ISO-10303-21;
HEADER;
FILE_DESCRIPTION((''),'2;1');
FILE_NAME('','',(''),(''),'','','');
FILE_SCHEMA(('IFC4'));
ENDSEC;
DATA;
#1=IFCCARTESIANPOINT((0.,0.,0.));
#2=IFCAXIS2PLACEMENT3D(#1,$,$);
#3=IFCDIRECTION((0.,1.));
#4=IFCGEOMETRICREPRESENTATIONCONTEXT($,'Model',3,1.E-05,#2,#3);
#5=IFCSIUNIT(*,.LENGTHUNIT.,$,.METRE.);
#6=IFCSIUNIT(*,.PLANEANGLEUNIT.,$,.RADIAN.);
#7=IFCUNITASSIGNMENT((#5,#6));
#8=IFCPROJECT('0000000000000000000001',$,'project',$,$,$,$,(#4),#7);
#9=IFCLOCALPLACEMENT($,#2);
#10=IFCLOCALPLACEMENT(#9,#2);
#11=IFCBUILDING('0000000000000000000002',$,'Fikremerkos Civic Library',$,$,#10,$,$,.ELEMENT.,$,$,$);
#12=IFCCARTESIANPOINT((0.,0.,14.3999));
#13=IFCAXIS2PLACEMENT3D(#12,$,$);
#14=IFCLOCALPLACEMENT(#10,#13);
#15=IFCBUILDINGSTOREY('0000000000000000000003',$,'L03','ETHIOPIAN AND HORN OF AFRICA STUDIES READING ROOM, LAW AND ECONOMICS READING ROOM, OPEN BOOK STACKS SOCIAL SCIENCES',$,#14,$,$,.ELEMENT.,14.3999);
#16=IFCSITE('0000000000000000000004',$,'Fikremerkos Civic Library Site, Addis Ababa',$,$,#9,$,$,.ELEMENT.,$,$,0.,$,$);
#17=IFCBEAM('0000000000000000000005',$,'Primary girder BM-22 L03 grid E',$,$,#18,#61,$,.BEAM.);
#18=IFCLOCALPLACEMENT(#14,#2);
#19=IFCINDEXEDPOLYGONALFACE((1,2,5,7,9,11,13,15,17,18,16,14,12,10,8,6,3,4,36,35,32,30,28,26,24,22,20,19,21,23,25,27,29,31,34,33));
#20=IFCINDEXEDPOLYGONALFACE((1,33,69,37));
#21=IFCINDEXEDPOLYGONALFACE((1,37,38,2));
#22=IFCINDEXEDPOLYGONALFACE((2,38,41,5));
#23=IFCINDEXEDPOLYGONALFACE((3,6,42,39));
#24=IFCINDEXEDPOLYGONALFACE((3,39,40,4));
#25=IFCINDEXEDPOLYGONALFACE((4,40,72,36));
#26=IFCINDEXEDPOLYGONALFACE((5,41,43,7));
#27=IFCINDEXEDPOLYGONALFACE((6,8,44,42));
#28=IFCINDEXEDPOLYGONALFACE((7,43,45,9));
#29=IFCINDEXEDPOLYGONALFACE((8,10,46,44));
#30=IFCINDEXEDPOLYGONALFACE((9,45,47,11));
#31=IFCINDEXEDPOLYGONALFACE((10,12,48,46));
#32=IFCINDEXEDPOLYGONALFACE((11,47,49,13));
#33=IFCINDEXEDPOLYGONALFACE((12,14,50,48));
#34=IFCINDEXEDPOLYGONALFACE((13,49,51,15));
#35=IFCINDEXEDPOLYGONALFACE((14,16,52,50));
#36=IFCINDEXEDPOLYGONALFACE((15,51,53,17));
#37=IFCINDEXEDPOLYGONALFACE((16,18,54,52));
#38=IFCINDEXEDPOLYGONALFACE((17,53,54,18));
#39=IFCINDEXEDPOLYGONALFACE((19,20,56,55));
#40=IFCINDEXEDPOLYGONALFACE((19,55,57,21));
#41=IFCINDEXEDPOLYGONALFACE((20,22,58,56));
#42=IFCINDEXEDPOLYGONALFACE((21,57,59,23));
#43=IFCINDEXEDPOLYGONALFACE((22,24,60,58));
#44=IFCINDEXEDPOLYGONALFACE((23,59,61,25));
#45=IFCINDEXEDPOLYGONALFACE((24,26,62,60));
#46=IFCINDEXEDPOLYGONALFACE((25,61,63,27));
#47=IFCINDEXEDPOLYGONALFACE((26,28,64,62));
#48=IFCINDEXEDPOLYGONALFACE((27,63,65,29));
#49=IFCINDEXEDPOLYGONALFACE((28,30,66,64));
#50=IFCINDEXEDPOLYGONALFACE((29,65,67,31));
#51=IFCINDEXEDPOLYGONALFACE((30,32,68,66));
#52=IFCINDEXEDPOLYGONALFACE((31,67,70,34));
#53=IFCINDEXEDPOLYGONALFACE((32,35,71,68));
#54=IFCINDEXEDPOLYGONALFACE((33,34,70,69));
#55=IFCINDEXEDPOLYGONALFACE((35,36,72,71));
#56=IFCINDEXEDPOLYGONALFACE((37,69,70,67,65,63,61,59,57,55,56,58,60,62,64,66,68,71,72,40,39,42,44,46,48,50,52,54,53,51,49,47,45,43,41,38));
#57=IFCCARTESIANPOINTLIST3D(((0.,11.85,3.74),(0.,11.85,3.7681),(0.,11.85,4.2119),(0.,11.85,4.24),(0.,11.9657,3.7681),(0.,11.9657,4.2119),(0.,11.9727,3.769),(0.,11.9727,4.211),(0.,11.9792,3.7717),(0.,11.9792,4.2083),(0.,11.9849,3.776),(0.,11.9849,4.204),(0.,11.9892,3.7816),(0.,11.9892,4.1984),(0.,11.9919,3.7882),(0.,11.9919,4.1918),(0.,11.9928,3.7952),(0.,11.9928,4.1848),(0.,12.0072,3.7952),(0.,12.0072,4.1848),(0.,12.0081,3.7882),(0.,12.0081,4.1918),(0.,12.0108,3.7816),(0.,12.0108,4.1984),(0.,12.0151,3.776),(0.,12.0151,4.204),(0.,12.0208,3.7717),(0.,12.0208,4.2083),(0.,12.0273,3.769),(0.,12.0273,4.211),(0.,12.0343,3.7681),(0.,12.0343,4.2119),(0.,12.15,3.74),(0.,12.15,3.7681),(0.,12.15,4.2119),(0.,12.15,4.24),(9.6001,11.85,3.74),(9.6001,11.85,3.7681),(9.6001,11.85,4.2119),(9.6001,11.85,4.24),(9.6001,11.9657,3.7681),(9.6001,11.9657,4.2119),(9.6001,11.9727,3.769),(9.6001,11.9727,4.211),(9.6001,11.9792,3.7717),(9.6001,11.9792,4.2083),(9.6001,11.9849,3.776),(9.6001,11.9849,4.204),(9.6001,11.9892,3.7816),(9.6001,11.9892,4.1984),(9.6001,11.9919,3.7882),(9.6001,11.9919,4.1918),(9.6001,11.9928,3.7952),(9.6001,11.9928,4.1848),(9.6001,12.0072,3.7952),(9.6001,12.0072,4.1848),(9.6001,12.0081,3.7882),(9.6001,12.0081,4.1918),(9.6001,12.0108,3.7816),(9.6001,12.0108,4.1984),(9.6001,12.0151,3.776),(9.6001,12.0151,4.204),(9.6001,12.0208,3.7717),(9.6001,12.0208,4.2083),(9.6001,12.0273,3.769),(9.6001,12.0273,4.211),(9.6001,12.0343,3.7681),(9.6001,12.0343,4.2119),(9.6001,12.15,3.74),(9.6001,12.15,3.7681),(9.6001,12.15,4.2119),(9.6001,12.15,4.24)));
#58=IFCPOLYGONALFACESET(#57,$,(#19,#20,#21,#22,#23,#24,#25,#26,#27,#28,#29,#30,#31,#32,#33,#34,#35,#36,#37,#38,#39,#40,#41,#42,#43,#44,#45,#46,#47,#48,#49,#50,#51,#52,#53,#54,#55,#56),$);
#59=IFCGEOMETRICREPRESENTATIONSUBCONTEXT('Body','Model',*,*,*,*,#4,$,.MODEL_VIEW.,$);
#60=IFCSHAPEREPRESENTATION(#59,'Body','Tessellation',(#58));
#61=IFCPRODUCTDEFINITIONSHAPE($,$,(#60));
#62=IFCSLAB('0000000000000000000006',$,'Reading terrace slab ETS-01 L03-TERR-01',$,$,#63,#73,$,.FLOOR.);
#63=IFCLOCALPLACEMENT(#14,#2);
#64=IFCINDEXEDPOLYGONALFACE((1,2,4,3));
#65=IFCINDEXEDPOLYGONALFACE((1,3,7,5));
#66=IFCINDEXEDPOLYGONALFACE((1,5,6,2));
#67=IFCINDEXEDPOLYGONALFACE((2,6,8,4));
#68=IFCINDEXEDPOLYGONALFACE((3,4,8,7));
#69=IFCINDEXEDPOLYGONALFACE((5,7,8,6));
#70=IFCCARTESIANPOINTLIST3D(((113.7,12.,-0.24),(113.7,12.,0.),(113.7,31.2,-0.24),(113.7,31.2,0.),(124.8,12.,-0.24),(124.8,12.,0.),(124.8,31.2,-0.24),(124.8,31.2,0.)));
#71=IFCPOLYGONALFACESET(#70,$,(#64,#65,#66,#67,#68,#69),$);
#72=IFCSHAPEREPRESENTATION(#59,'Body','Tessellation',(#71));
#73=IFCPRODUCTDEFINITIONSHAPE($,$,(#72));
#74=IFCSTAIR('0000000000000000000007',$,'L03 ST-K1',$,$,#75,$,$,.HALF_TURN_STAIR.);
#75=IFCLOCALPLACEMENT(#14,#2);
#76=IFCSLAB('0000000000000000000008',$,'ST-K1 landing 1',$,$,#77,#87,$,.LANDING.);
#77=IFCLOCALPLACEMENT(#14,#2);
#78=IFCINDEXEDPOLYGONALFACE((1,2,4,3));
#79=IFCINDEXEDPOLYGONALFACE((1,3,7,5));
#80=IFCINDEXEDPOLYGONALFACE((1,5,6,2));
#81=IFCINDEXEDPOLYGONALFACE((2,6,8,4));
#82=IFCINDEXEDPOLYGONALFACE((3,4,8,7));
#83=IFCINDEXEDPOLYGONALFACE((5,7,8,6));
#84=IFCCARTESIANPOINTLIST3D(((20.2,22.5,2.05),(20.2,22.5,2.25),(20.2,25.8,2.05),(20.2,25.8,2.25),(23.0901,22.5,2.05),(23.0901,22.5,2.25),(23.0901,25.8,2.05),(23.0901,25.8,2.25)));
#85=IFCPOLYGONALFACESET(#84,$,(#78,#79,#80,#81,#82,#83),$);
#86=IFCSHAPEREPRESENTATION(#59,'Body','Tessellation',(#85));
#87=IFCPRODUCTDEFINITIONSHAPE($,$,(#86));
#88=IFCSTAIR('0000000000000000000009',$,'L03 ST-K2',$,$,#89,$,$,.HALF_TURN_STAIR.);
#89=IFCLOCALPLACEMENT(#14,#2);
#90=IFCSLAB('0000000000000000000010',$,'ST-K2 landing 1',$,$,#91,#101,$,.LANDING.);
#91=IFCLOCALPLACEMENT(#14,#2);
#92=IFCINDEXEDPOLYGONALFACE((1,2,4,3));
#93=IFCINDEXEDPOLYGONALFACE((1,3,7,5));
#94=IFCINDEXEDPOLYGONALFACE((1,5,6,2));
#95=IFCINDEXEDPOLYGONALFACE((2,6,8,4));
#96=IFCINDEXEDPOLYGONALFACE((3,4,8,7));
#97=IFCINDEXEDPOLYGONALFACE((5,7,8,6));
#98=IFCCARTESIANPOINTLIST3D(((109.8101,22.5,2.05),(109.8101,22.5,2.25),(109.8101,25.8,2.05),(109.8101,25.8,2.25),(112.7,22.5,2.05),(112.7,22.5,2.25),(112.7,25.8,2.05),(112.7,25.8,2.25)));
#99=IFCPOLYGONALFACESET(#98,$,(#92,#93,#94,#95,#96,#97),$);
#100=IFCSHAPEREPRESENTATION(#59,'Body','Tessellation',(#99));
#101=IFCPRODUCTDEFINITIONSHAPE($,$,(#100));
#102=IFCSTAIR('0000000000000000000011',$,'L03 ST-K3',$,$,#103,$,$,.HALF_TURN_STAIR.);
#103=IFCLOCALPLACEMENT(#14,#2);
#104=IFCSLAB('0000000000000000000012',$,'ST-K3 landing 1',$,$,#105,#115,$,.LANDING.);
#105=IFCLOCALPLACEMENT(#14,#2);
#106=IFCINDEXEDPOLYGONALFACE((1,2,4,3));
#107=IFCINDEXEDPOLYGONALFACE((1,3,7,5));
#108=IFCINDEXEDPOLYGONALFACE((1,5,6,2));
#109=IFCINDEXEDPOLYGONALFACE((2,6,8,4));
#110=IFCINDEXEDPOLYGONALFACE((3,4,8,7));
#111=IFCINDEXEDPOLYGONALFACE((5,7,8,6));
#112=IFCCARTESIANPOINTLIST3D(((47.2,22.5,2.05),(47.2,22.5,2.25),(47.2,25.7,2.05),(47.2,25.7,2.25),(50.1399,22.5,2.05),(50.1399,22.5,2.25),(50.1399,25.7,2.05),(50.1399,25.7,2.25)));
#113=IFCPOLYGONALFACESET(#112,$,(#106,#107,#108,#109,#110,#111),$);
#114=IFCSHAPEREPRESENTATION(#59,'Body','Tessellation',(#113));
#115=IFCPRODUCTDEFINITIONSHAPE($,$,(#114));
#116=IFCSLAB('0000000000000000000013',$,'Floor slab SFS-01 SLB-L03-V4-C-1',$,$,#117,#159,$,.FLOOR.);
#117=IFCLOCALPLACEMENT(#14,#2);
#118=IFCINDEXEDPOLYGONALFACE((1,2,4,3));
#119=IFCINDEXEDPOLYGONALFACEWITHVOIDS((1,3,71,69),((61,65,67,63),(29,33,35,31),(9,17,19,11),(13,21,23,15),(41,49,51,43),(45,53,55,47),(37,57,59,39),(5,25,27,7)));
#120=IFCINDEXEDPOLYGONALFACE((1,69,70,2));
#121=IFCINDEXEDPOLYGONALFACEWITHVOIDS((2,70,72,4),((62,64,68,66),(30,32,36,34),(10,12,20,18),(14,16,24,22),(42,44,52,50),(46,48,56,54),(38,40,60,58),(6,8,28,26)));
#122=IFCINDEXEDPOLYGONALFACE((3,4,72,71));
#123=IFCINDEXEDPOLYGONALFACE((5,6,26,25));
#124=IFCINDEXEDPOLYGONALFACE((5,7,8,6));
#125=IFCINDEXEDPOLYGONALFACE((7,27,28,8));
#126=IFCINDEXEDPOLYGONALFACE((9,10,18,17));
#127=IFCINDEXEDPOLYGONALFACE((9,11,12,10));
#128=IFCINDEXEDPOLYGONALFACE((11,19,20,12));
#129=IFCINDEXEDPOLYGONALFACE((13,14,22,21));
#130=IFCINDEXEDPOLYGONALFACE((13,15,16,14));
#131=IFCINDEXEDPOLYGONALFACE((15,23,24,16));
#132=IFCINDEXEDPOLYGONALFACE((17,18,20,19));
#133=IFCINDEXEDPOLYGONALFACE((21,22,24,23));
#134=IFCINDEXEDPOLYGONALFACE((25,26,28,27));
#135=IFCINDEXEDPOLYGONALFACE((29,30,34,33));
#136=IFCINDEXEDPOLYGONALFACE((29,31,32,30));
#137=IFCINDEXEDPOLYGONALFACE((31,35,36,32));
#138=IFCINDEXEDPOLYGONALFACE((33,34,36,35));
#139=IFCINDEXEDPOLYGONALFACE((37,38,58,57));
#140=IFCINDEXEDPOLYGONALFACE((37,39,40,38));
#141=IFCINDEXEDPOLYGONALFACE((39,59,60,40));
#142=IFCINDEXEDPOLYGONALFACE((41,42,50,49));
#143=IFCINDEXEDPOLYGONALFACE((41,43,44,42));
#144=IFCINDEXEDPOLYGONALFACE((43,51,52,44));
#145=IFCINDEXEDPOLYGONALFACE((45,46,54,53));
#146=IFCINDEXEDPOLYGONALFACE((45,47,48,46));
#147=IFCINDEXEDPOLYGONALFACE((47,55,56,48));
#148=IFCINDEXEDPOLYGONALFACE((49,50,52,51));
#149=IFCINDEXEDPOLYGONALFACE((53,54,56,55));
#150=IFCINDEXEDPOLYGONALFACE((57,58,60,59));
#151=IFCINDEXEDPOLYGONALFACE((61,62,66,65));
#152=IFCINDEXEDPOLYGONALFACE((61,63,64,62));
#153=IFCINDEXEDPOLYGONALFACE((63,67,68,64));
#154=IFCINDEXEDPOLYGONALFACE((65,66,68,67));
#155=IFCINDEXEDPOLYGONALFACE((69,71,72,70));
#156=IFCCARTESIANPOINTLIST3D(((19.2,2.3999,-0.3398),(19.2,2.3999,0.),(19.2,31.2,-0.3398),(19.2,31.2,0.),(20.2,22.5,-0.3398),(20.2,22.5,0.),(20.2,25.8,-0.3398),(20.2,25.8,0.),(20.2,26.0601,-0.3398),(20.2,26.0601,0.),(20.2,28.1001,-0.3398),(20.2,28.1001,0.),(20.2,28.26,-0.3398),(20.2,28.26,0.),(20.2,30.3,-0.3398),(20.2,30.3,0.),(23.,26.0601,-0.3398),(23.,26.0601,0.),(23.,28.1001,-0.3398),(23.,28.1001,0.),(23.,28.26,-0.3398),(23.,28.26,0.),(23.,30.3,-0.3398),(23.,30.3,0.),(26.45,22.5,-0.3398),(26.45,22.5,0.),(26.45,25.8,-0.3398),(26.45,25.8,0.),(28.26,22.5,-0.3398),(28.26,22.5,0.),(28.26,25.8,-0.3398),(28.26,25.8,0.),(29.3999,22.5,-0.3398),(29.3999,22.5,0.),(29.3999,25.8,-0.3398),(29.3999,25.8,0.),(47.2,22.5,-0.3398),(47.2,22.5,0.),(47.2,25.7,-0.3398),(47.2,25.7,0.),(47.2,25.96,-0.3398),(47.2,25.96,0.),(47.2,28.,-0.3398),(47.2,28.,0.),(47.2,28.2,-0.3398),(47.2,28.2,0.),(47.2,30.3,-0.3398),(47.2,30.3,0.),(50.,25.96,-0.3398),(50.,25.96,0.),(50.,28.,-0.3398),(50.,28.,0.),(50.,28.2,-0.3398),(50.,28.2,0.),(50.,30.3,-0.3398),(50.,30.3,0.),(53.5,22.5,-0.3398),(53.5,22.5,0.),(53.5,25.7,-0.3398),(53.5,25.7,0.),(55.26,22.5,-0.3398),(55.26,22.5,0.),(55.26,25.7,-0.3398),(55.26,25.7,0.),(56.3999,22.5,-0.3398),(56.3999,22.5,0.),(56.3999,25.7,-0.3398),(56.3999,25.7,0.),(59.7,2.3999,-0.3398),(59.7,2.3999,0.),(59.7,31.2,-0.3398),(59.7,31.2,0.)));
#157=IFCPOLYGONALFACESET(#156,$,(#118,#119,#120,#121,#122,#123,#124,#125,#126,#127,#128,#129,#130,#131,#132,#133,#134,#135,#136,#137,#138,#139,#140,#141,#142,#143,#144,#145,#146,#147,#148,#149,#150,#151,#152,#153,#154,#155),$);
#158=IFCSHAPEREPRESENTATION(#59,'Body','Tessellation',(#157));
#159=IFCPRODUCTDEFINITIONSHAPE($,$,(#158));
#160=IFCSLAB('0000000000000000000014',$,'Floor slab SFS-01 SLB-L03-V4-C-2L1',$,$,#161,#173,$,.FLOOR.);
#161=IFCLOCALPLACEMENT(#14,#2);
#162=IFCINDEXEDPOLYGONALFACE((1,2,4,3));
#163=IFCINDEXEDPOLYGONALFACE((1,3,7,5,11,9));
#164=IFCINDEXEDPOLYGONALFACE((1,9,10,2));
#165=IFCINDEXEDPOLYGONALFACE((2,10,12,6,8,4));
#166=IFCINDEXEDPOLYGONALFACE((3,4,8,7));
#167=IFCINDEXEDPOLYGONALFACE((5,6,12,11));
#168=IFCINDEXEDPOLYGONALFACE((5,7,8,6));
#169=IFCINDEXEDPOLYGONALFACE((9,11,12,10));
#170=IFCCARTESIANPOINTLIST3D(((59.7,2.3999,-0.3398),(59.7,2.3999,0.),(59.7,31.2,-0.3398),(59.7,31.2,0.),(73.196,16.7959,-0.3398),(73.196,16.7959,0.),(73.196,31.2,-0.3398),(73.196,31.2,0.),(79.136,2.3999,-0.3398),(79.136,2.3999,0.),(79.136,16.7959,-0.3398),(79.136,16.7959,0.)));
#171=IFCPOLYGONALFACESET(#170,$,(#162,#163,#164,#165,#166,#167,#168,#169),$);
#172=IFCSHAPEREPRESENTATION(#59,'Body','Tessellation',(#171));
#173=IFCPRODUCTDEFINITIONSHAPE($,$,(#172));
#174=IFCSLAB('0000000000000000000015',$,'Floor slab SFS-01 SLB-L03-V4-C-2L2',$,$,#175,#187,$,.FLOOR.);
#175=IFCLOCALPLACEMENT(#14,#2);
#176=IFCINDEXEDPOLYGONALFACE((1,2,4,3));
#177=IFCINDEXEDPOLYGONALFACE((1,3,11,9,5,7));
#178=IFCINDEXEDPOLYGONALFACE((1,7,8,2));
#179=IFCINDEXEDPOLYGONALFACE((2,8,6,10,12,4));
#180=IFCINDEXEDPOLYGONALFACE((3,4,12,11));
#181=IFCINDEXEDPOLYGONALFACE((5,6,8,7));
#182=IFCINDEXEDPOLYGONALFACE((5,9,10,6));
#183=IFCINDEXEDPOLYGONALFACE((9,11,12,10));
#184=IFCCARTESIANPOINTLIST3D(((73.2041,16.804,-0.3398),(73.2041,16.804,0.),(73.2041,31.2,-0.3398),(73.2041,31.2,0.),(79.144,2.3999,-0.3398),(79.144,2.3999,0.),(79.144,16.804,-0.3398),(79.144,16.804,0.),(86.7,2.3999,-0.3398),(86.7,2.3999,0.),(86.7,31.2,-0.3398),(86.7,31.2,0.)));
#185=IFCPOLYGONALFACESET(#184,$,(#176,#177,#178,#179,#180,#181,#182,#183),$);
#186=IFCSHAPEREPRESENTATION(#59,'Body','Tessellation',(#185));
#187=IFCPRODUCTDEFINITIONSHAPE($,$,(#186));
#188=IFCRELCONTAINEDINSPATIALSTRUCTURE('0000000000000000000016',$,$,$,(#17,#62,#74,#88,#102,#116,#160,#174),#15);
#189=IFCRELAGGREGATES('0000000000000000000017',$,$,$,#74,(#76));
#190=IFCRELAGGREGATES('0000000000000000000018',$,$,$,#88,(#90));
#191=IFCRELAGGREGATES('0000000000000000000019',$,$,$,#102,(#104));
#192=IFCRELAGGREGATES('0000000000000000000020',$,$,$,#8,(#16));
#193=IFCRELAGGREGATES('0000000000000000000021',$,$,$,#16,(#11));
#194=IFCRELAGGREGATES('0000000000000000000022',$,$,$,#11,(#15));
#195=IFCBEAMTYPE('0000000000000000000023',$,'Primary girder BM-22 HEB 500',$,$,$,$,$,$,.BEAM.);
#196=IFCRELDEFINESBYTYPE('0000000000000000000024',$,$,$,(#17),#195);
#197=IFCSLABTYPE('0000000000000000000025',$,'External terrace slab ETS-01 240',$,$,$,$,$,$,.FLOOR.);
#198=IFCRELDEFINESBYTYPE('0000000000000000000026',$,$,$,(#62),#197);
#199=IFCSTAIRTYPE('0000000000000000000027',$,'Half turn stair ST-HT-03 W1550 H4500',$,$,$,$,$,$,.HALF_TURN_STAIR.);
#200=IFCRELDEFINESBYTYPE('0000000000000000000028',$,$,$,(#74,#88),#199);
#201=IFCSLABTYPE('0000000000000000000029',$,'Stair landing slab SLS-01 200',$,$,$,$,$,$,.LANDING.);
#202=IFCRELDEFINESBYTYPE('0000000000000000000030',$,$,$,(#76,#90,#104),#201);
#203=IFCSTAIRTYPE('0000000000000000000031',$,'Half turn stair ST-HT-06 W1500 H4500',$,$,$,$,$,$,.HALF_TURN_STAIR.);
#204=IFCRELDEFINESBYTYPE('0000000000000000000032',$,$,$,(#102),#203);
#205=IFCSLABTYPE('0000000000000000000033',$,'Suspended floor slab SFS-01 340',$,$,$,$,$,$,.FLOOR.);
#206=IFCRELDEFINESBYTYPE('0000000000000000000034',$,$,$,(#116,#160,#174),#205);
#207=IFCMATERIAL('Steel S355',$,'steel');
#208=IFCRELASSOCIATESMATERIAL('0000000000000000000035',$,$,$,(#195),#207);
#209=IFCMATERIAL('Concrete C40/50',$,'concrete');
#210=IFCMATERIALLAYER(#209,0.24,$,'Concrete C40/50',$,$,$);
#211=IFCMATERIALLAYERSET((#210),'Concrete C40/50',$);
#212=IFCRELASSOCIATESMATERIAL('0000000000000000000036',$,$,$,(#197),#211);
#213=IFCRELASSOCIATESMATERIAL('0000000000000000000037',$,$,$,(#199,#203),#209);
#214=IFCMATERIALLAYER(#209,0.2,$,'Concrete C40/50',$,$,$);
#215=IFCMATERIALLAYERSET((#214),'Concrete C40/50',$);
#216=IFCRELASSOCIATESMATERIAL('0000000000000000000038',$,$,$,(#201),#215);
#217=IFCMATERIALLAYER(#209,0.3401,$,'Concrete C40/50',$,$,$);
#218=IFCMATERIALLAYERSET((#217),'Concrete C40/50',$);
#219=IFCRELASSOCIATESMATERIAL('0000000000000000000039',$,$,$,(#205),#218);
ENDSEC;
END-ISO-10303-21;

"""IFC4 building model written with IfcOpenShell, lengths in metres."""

from ifc_helpers import new_model, si_unit, direction, frame, origin, origin_2d, place, context, subcontext, project, spatial, polyline, i_section, outline, extrude, material, layer, layer_set, material_profile, profile_set, type_object, element, aggregate, save


model = new_model("IFC4")

# Units and contexts
model_context = context("Model", 3, precision=1e-05, world=origin(), true_north=direction((0.0, 1.0)))
body_context = subcontext(model_context, "Body", "Model", "MODEL_VIEW")
ifc_project = project(units=[si_unit("LENGTHUNIT", "METRE"), si_unit("PLANEANGLEUNIT", "RADIAN")], contexts=[model_context])

# Site, building, storey
site_placement = place(None, origin())
site = spatial("IfcSite", under=ifc_project, at=site_placement, Name="Fikremerkos Civic Library Site, Addis Ababa", CompositionType="ELEMENT", RefElevation=0.0)
building_placement = place(site_placement, origin())
building = spatial("IfcBuilding", under=site, at=building_placement, Name="Fikremerkos Civic Library", CompositionType="ELEMENT")
storey_placement = place(building_placement, frame((0.0, 0.0, 14.3999)))
storey = spatial("IfcBuildingStorey", under=building, at=storey_placement, Name="L03", Description="ETHIOPIAN AND HORN OF AFRICA STUDIES READING ROOM, LAW AND ECONOMICS READING ROOM, OPEN BOOK STACKS SOCIAL SCIENCES", CompositionType="ELEMENT", Elevation=14.3999)

# Shared definitions
ifc_material_1 = material(Name="Steel S355", Category="steel")

# Beam
ifc_material_profile_1 = material_profile(ifc_material_1, i_section(OverallWidth=0.3, OverallDepth=0.5, WebThickness=0.0144, FlangeThickness=0.0281, FilletRadius=0.0271, at=origin_2d()), Name="HEB 500")
ifc_profile_set_1 = profile_set([ifc_material_profile_1], Name="Steel S355")
beam_type_1 = type_object("IfcBeamType", Name="Primary girder BM-22 HEB 500", PredefinedType="BEAM", material=ifc_profile_set_1)
beam_1_placement = place(storey_placement, frame((0.0, 12.0, 3.99), z_axis=(1.0, 0.0, 0.0), x_axis=(0.0, 1.0, 0.0)))
element("IfcBeam", 1, at=beam_1_placement, inside=storey, type_object=beam_type_1, Name="Primary girder BM-22 L03 grid E", PredefinedType="BEAM", context=body_context, shape_type="SweptSolid", body=[
    extrude(i_section(OverallWidth=0.3, OverallDepth=0.5, WebThickness=0.0144, FlangeThickness=0.0281, FilletRadius=0.0271, at=origin_2d()), origin(), (0.0, 0.0, 1.0), 9.6001),
])

# Slab
ifc_material_2 = material(Name="Concrete C40/50", Category="concrete")
ifc_layer_1 = layer(ifc_material_2, 0.24, Name="Concrete C40/50")
ifc_layer_set_1 = layer_set([ifc_layer_1], Name="Concrete C40/50")
slab_type_1 = type_object("IfcSlabType", Name="External terrace slab ETS-01 240", PredefinedType="FLOOR", material=ifc_layer_set_1)
slab_1_placement = place(storey_placement, frame((0.0, 0.0, -0.24)))
element("IfcSlab", 2, at=slab_1_placement, inside=storey, type_object=slab_type_1, Name="Reading terrace slab ETS-01 L03-TERR-01", PredefinedType="FLOOR", context=body_context, shape_type="SweptSolid", body=[
    extrude(outline(polyline([(113.7, 12.0), (124.8, 12.0), (124.8, 31.2), (113.7, 31.2), (113.7, 12.0)])), origin(), (0.0, 0.0, 1.0), 0.24),
])

# Stairs, slabs
stair_type_1 = type_object("IfcStairType", Name="Half turn stair ST-HT-03 W1550 H4500", PredefinedType="HALF_TURN_STAIR", material=ifc_material_2)
stair_1_placement = place(storey_placement, origin())
stair_1 = element("IfcStair", 3, at=stair_1_placement, inside=storey, type_object=stair_type_1, Name="L03 ST-K1", PredefinedType="HALF_TURN_STAIR")
ifc_layer_2 = layer(ifc_material_2, 0.2, Name="Concrete C40/50")
ifc_layer_set_2 = layer_set([ifc_layer_2], Name="Concrete C40/50")
slab_type_2 = type_object("IfcSlabType", Name="Stair landing slab SLS-01 200", PredefinedType="LANDING", material=ifc_layer_set_2)
slab_2_placement = place(storey_placement, frame((0.0, 0.0, 2.05)))
slab_2 = element("IfcSlab", 4, at=slab_2_placement, type_object=slab_type_2, Name="ST-K1 landing 1", PredefinedType="LANDING", context=body_context, shape_type="SweptSolid", body=[
    extrude(outline(polyline([(23.0901, 25.8), (20.2, 25.8), (20.2, 22.5), (23.0901, 22.5), (23.0901, 25.8)])), origin(), (0.0, 0.0, 1.0), 0.2),
])
aggregate(stair_1, [slab_2])
stair_2_placement = place(storey_placement, origin())
stair_2 = element("IfcStair", 5, at=stair_2_placement, inside=storey, type_object=stair_type_1, Name="L03 ST-K2", PredefinedType="HALF_TURN_STAIR")
slab_3_placement = place(storey_placement, frame((0.0, 0.0, 2.05)))
slab_3 = element("IfcSlab", 6, at=slab_3_placement, type_object=slab_type_2, Name="ST-K2 landing 1", PredefinedType="LANDING", context=body_context, shape_type="SweptSolid", body=[
    extrude(outline(polyline([(109.8101, 22.5), (112.7, 22.5), (112.7, 25.8), (109.8101, 25.8), (109.8101, 22.5)])), origin(), (0.0, 0.0, 1.0), 0.2),
])
aggregate(stair_2, [slab_3])
stair_type_2 = type_object("IfcStairType", Name="Half turn stair ST-HT-06 W1500 H4500", PredefinedType="HALF_TURN_STAIR", material=ifc_material_2)
stair_3_placement = place(storey_placement, origin())
stair_3 = element("IfcStair", 7, at=stair_3_placement, inside=storey, type_object=stair_type_2, Name="L03 ST-K3", PredefinedType="HALF_TURN_STAIR")
slab_4_placement = place(storey_placement, frame((0.0, 0.0, 2.05)))
slab_4 = element("IfcSlab", 8, at=slab_4_placement, type_object=slab_type_2, Name="ST-K3 landing 1", PredefinedType="LANDING", context=body_context, shape_type="SweptSolid", body=[
    extrude(outline(polyline([(50.1399, 25.7), (47.2, 25.7), (47.2, 22.5), (50.1399, 22.5), (50.1399, 25.7)])), origin(), (0.0, 0.0, 1.0), 0.2),
])
aggregate(stair_3, [slab_4])

# Slabs
ifc_layer_3 = layer(ifc_material_2, 0.3401, Name="Concrete C40/50")
ifc_layer_set_3 = layer_set([ifc_layer_3], Name="Concrete C40/50")
slab_type_3 = type_object("IfcSlabType", Name="Suspended floor slab SFS-01 340", PredefinedType="FLOOR", material=ifc_layer_set_3)
slab_5_placement = place(storey_placement, frame((0.0, 0.0, -0.3398)))
element("IfcSlab", 9, at=slab_5_placement, inside=storey, type_object=slab_type_3, Name="Floor slab SFS-01 SLB-L03-V4-C-1", PredefinedType="FLOOR", context=body_context, shape_type="SweptSolid", body=[
    extrude(outline(polyline([(19.2, 2.3999), (59.7, 2.3999), (59.7, 31.2), (19.2, 31.2), (19.2, 2.3999)]), holes=[polyline([(20.2, 22.5), (26.45, 22.5), (26.45, 25.8), (20.2, 25.8), (20.2, 22.5)]), polyline([(20.2, 26.0601), (23.0, 26.0601), (23.0, 28.1001), (20.2, 28.1001), (20.2, 26.0601)]), polyline([(20.2, 28.26), (23.0, 28.26), (23.0, 30.3), (20.2, 30.3), (20.2, 28.26)]), polyline([(28.26, 22.5), (29.3999, 22.5), (29.3999, 25.8), (28.26, 25.8), (28.26, 22.5)]), polyline([(47.2, 22.5), (53.5, 22.5), (53.5, 25.7), (47.2, 25.7), (47.2, 22.5)]), polyline([(47.2, 25.96), (50.0, 25.96), (50.0, 28.0), (47.2, 28.0), (47.2, 25.96)]), polyline([(47.2, 28.2), (50.0, 28.2), (50.0, 30.3), (47.2, 30.3), (47.2, 28.2)]), polyline([(55.26, 22.5), (56.3999, 22.5), (56.3999, 25.7), (55.26, 25.7), (55.26, 22.5)])]), origin(), (0.0, 0.0, 1.0), 0.3398),
])
slab_6_placement = place(storey_placement, frame((0.0, 0.0, -0.3398)))
element("IfcSlab", 10, at=slab_6_placement, inside=storey, type_object=slab_type_3, Name="Floor slab SFS-01 SLB-L03-V4-C-2L1", PredefinedType="FLOOR", context=body_context, shape_type="SweptSolid", body=[
    extrude(outline(polyline([(59.7, 2.3999), (79.136, 2.3999), (79.136, 16.7959), (73.196, 16.7959), (73.196, 31.2), (59.7, 31.2), (59.7, 2.3999)])), origin(), (0.0, 0.0, 1.0), 0.3398),
])
slab_7_placement = place(storey_placement, frame((0.0, 0.0, -0.3398)))
element("IfcSlab", 11, at=slab_7_placement, inside=storey, type_object=slab_type_3, Name="Floor slab SFS-01 SLB-L03-V4-C-2L2", PredefinedType="FLOOR", context=body_context, shape_type="SweptSolid", body=[
    extrude(outline(polyline([(79.144, 2.3999), (86.7, 2.3999), (86.7, 31.2), (73.2041, 31.2), (73.2041, 16.804), (79.144, 16.804), (79.144, 2.3999)])), origin(), (0.0, 0.0, 1.0), 0.3398),
])

save(model, "model.ifc")
